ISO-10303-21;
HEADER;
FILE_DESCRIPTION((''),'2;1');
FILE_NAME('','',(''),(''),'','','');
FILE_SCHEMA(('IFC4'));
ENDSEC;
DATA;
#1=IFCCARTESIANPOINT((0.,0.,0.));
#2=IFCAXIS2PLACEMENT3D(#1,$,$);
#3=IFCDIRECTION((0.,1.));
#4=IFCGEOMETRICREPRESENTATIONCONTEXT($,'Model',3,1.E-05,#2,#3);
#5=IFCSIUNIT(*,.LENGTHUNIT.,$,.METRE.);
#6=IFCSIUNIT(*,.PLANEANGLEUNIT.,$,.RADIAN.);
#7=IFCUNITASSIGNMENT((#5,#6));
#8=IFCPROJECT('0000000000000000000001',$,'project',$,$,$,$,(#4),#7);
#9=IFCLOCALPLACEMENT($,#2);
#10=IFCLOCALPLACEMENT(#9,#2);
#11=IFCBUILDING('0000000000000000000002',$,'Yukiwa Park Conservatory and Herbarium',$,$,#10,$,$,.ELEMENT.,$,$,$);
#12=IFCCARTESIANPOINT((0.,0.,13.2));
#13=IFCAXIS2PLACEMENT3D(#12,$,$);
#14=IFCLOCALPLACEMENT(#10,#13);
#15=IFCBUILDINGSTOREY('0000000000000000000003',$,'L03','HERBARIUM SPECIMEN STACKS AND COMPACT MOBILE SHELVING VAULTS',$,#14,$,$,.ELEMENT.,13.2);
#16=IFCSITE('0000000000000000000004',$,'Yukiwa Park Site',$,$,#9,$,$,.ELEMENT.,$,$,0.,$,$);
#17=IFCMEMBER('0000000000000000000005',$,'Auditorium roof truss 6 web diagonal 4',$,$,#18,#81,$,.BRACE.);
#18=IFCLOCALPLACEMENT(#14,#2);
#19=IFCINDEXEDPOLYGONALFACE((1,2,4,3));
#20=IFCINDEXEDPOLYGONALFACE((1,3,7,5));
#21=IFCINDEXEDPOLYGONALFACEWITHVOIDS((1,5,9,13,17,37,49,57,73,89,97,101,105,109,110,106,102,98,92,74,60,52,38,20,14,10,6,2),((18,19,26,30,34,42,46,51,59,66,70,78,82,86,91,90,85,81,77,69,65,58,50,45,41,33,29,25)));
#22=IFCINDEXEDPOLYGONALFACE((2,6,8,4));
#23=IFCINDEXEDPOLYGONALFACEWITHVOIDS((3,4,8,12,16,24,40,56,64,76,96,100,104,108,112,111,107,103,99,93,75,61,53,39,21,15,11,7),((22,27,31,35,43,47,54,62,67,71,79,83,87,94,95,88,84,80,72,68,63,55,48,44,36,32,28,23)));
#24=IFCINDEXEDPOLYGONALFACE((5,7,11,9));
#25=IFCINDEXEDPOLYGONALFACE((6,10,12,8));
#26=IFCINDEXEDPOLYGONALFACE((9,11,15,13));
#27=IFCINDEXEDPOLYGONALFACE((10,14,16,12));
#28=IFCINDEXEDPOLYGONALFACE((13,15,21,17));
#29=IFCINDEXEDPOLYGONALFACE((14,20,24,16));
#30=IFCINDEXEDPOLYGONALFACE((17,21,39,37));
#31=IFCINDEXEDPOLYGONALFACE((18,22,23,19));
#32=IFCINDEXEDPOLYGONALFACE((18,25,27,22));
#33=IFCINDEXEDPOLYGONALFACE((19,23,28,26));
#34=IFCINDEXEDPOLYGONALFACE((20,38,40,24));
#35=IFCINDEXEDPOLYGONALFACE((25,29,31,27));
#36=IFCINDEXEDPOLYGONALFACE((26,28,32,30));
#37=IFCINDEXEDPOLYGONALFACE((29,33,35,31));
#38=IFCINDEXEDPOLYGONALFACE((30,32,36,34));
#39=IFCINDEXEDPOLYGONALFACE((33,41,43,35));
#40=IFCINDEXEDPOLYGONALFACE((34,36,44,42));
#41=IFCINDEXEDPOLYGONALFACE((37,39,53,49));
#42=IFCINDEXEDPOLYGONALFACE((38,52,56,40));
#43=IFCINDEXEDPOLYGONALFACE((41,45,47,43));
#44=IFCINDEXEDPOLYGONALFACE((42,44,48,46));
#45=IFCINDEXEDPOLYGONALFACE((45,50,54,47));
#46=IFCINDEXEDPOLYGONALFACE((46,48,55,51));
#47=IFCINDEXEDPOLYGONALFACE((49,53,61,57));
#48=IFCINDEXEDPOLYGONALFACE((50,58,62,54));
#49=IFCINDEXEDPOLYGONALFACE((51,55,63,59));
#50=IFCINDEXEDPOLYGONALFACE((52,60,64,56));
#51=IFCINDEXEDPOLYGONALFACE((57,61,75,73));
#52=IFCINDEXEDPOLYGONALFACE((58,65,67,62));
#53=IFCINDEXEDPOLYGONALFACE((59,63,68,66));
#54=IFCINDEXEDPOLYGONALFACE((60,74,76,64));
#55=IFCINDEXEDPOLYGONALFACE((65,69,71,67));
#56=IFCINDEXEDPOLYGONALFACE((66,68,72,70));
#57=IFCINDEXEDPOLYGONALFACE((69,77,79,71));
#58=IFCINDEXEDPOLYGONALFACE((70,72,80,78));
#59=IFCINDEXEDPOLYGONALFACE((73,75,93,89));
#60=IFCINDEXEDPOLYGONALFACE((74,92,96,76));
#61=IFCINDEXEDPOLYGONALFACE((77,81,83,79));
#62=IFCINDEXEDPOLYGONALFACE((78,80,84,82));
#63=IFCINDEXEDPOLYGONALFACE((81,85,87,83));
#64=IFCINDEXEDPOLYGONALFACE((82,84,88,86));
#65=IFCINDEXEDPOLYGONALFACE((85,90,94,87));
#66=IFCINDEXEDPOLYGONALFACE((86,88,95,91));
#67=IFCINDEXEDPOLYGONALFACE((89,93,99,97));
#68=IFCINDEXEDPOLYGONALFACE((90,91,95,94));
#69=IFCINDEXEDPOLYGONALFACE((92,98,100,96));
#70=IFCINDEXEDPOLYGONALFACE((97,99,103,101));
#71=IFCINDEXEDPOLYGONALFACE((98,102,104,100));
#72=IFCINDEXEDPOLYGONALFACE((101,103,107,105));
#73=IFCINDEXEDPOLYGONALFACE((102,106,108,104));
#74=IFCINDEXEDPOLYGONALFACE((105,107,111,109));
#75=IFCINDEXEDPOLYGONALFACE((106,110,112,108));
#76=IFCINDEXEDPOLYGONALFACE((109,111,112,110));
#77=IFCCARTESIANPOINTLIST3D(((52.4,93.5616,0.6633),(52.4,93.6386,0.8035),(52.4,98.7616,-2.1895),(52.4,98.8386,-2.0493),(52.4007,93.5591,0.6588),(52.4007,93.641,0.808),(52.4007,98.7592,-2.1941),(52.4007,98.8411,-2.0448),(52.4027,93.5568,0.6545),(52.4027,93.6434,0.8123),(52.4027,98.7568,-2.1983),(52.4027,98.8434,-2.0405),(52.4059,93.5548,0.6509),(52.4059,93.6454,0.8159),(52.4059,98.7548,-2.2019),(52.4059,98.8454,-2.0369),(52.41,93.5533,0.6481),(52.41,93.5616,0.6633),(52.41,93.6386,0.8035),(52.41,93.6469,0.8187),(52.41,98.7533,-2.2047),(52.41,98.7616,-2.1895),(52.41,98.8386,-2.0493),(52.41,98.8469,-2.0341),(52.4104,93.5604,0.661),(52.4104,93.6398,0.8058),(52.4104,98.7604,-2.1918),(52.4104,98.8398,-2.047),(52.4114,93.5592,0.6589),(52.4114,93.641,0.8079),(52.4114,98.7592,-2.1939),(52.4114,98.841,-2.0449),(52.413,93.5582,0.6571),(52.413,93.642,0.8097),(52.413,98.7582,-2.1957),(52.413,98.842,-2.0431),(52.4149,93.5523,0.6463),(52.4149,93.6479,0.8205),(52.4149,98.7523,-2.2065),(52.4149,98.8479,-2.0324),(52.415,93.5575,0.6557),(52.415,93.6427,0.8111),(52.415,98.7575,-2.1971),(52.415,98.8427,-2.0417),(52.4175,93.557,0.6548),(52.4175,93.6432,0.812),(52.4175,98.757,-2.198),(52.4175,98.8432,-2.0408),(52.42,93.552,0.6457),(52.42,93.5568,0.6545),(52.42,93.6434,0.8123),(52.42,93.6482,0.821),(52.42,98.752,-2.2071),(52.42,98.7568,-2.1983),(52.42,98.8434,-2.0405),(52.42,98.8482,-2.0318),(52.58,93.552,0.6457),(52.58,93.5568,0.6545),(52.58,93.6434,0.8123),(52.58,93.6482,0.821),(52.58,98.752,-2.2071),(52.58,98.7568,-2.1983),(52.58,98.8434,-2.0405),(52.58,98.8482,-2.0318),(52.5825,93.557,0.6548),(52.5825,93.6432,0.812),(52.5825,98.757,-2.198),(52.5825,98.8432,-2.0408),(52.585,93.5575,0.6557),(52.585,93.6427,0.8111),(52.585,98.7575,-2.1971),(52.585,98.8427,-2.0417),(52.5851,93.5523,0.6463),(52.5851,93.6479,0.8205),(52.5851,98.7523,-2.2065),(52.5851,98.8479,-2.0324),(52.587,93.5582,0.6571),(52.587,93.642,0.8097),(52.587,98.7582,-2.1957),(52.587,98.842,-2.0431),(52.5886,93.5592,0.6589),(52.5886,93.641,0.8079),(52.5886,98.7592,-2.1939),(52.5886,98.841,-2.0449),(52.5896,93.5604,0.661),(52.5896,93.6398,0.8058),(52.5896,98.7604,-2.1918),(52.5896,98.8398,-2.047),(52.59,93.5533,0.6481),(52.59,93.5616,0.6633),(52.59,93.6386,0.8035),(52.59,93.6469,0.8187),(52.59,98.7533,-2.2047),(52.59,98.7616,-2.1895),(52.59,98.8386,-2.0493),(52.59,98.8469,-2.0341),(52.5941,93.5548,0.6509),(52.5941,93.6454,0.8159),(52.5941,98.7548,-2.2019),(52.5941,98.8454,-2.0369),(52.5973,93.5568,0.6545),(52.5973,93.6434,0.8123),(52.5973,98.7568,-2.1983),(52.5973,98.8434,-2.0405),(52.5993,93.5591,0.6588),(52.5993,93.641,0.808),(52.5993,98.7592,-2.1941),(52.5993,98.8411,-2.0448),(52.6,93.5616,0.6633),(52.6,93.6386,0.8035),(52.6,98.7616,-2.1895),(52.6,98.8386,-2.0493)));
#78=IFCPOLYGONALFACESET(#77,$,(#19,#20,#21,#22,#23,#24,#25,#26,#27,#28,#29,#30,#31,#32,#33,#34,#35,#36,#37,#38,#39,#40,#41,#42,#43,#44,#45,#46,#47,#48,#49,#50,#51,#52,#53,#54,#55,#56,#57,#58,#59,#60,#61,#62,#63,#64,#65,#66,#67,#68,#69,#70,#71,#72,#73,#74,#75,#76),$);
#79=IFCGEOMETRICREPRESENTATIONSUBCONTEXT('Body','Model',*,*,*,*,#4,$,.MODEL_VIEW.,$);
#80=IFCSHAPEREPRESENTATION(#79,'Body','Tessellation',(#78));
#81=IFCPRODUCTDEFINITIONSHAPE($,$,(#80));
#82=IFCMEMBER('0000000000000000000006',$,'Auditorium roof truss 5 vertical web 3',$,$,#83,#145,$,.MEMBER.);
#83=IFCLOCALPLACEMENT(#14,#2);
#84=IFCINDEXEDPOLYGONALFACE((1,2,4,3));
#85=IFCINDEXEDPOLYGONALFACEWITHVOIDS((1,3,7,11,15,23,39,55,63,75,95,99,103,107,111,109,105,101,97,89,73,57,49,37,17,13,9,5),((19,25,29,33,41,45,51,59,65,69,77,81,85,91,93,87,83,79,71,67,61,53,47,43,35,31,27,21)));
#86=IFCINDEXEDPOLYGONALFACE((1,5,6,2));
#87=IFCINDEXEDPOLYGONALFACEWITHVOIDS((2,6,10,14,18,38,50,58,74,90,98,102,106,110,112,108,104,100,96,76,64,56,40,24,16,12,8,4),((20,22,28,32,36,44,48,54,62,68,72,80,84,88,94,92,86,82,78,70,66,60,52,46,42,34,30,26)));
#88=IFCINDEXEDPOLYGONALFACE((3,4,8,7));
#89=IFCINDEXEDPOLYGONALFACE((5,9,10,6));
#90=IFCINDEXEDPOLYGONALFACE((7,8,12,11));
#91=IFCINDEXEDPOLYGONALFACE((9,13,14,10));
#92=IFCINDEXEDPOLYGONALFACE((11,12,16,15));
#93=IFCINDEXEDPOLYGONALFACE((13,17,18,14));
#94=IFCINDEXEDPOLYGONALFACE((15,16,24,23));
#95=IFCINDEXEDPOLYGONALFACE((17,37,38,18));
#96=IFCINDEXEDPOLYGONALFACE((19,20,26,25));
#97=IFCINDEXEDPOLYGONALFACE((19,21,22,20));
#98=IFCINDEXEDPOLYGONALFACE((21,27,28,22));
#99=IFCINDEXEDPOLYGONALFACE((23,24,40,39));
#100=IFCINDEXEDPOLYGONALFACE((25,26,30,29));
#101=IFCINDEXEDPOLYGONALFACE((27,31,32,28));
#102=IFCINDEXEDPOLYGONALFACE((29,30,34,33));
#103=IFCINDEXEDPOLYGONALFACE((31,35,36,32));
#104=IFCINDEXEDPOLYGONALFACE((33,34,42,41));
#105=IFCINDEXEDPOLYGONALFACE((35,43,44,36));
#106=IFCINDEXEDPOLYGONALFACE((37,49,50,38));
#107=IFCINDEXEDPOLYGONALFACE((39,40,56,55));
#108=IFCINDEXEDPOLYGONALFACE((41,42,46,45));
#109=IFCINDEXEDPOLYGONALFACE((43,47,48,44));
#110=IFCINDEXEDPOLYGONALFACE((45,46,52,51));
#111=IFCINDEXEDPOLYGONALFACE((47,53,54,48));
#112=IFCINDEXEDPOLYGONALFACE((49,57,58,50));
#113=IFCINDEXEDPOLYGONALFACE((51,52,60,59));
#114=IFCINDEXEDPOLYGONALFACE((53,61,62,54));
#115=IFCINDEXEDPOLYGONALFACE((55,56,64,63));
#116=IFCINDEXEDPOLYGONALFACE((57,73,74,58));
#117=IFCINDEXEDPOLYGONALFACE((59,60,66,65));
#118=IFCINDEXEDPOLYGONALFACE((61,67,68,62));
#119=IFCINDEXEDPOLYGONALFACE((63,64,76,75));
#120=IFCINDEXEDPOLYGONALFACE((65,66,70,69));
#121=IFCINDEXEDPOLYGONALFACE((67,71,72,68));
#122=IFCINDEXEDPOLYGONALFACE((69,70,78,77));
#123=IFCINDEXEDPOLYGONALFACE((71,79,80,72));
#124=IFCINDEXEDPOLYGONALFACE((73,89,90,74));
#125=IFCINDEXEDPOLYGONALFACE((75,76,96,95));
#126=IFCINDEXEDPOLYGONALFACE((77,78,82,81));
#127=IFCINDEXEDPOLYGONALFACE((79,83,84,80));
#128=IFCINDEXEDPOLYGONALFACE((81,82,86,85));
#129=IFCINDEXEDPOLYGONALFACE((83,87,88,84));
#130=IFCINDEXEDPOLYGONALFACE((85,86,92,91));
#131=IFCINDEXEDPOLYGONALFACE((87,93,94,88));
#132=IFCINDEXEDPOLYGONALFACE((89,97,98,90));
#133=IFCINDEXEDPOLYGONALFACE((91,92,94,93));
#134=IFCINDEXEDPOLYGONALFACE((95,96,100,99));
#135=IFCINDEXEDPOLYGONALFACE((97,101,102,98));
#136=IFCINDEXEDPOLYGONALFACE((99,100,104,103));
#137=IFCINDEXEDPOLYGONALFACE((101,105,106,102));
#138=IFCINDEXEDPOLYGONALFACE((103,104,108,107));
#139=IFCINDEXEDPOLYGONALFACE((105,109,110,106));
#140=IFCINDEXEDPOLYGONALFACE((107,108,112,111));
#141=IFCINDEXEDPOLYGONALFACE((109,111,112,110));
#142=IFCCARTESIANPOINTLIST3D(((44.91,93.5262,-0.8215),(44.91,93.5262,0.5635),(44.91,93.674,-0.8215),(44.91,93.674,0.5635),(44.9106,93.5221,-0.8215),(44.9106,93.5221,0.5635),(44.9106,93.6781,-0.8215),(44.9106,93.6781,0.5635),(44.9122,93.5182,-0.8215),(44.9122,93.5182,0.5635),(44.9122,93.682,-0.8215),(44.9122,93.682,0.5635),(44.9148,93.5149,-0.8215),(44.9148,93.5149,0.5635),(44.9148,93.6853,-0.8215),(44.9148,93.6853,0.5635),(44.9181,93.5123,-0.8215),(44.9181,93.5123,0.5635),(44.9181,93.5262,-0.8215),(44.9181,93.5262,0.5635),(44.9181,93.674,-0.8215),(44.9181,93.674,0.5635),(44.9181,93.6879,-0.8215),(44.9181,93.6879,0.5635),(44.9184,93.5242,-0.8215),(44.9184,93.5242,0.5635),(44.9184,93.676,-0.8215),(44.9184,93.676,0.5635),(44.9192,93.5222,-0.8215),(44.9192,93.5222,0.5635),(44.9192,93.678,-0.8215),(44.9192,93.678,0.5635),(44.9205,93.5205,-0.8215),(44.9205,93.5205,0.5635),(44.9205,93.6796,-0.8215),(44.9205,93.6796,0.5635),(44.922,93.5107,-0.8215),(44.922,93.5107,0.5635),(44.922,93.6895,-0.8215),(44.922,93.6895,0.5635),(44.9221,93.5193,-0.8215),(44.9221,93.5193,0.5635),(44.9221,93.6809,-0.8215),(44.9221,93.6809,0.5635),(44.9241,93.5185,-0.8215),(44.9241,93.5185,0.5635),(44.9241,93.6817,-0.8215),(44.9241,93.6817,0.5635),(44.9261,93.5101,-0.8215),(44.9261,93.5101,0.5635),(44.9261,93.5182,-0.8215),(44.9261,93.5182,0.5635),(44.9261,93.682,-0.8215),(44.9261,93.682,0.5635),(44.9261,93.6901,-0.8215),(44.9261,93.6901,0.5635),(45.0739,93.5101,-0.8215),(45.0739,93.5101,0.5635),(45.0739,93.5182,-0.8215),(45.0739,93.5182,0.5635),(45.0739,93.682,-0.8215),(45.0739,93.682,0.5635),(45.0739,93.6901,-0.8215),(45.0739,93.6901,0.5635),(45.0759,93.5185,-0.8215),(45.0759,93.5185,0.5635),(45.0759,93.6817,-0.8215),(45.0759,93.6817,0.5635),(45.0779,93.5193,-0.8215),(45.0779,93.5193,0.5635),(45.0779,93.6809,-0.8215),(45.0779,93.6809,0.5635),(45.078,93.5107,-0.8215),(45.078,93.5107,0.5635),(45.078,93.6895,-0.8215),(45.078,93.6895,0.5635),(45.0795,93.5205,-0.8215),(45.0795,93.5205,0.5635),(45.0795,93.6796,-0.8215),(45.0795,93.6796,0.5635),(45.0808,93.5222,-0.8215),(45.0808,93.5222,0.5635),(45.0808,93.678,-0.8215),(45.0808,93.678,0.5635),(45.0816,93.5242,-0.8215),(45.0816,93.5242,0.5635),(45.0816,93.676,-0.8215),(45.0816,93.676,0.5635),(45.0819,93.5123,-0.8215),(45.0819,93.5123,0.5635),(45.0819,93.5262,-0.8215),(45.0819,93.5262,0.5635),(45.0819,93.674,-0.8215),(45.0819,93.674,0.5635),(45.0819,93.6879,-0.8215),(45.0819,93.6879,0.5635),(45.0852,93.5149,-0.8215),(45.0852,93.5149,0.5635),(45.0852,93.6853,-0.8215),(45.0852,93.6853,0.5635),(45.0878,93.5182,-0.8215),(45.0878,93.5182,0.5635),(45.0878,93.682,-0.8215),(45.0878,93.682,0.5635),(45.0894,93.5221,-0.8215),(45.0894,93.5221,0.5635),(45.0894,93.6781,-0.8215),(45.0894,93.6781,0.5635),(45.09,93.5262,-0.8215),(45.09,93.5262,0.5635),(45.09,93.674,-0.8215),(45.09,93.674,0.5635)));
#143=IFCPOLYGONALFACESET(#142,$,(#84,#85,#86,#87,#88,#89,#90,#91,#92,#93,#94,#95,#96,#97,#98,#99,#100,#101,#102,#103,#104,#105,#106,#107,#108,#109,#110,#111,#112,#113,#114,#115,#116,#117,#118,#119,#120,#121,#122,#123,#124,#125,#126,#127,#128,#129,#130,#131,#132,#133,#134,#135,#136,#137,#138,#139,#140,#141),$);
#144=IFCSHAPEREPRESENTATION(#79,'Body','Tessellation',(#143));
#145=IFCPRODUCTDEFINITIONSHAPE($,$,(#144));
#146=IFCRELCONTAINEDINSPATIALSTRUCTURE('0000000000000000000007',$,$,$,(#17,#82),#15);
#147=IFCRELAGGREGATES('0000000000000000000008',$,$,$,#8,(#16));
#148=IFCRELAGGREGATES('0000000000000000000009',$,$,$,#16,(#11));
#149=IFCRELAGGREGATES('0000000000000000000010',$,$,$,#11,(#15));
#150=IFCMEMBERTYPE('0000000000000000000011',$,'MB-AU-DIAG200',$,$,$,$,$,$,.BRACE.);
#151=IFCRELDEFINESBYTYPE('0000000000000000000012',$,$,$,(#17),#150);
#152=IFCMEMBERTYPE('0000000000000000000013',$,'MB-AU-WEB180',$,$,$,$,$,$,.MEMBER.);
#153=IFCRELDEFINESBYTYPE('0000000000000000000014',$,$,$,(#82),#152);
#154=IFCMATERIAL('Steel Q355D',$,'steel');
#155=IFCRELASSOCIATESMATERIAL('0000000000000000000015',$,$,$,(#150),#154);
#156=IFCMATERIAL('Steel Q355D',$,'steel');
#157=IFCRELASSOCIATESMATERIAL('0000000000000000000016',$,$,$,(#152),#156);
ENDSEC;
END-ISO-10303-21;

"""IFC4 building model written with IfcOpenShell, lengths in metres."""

from ifc_helpers import new_model, si_unit, direction, frame, origin, origin_2d, place, context, subcontext, project, spatial, hollow_rectangle, extrude, material, material_profile, profile_set, type_object, element, save


model = new_model("IFC4")

# Units and contexts
model_context = context("Model", 3, precision=1e-05, world=origin(), true_north=direction((0.0, 1.0)))
body_context = subcontext(model_context, "Body", "Model", "MODEL_VIEW")
ifc_project = project(units=[si_unit("LENGTHUNIT", "METRE"), si_unit("PLANEANGLEUNIT", "RADIAN")], contexts=[model_context])

# Site, building, storey
site_placement = place(None, origin())
site = spatial("IfcSite", under=ifc_project, at=site_placement, Name="Yukiwa Park Site", CompositionType="ELEMENT", RefElevation=0.0)
building_placement = place(site_placement, origin())
building = spatial("IfcBuilding", under=site, at=building_placement, Name="Yukiwa Park Conservatory and Herbarium", CompositionType="ELEMENT")
storey_placement = place(building_placement, frame((0.0, 0.0, 13.2)))
storey = spatial("IfcBuildingStorey", under=building, at=storey_placement, Name="L03", Description="HERBARIUM SPECIMEN STACKS AND COMPACT MOBILE SHELVING VAULTS", CompositionType="ELEMENT", Elevation=13.2)

# Members
ifc_material_1 = material(Name="Steel Q355D", Category="steel")
ifc_material_profile_1 = material_profile(ifc_material_1, hollow_rectangle(XDim=0.2, YDim=0.2, WallThickness=0.01, InnerFilletRadius=0.01, OuterFilletRadius=0.02, at=origin_2d()), Name="SHS 200x200x10")
ifc_profile_set_1 = profile_set([ifc_material_profile_1], Name="Steel Q355D")
member_type_1 = type_object("IfcMemberType", Name="MB-AU-DIAG200", PredefinedType="BRACE", material=ifc_profile_set_1)
member_1_placement = place(storey_placement, frame((52.5, 93.6001, 0.7334), z_axis=(0.0, 0.876727, -0.480988), x_axis=(-1.0, 0.0, 0.0)))
element("IfcMember", 1, at=member_1_placement, inside=storey, type_object=member_type_1, Name="Auditorium roof truss 6 web diagonal 4", PredefinedType="BRACE", context=body_context, shape_type="SweptSolid", body=[
    extrude(hollow_rectangle(XDim=0.2, YDim=0.2, WallThickness=0.01, InnerFilletRadius=0.01, OuterFilletRadius=0.02, at=origin_2d()), origin(), (0.0, 0.0, 1.0), 5.9312),
])
ifc_material_2 = material(Name="Steel Q355D", Category="steel")
ifc_material_profile_2 = material_profile(ifc_material_2, hollow_rectangle(XDim=0.1799, YDim=0.1799, WallThickness=0.0081, InnerFilletRadius=0.0081, OuterFilletRadius=0.0161, at=origin_2d()), Name="SHS 180x180x8")
ifc_profile_set_2 = profile_set([ifc_material_profile_2], Name="Steel Q355D")
member_type_2 = type_object("IfcMemberType", Name="MB-AU-WEB180", PredefinedType="MEMBER", material=ifc_profile_set_2)
for number, where, z_axis, x_axis, name in (
    (2, (45.0, 93.6001, -0.8215), (0.0, 0.0, 1.0), (1.0, 0.0, 0.0), "Auditorium roof truss 5 vertical web 3"),
):
    element("IfcMember", number, at=place(storey_placement, frame(where, z_axis=z_axis, x_axis=x_axis)), inside=storey, type_object=member_type_2, Name=name, PredefinedType="MEMBER", context=body_context, shape_type="SweptSolid", body=[
        extrude(hollow_rectangle(XDim=0.1799, YDim=0.1799, WallThickness=0.0081, InnerFilletRadius=0.0081, OuterFilletRadius=0.0161, at=origin_2d()), origin(), (0.0, 0.0, 1.0), 1.385),
    ])

save(model, "model.ifc")
